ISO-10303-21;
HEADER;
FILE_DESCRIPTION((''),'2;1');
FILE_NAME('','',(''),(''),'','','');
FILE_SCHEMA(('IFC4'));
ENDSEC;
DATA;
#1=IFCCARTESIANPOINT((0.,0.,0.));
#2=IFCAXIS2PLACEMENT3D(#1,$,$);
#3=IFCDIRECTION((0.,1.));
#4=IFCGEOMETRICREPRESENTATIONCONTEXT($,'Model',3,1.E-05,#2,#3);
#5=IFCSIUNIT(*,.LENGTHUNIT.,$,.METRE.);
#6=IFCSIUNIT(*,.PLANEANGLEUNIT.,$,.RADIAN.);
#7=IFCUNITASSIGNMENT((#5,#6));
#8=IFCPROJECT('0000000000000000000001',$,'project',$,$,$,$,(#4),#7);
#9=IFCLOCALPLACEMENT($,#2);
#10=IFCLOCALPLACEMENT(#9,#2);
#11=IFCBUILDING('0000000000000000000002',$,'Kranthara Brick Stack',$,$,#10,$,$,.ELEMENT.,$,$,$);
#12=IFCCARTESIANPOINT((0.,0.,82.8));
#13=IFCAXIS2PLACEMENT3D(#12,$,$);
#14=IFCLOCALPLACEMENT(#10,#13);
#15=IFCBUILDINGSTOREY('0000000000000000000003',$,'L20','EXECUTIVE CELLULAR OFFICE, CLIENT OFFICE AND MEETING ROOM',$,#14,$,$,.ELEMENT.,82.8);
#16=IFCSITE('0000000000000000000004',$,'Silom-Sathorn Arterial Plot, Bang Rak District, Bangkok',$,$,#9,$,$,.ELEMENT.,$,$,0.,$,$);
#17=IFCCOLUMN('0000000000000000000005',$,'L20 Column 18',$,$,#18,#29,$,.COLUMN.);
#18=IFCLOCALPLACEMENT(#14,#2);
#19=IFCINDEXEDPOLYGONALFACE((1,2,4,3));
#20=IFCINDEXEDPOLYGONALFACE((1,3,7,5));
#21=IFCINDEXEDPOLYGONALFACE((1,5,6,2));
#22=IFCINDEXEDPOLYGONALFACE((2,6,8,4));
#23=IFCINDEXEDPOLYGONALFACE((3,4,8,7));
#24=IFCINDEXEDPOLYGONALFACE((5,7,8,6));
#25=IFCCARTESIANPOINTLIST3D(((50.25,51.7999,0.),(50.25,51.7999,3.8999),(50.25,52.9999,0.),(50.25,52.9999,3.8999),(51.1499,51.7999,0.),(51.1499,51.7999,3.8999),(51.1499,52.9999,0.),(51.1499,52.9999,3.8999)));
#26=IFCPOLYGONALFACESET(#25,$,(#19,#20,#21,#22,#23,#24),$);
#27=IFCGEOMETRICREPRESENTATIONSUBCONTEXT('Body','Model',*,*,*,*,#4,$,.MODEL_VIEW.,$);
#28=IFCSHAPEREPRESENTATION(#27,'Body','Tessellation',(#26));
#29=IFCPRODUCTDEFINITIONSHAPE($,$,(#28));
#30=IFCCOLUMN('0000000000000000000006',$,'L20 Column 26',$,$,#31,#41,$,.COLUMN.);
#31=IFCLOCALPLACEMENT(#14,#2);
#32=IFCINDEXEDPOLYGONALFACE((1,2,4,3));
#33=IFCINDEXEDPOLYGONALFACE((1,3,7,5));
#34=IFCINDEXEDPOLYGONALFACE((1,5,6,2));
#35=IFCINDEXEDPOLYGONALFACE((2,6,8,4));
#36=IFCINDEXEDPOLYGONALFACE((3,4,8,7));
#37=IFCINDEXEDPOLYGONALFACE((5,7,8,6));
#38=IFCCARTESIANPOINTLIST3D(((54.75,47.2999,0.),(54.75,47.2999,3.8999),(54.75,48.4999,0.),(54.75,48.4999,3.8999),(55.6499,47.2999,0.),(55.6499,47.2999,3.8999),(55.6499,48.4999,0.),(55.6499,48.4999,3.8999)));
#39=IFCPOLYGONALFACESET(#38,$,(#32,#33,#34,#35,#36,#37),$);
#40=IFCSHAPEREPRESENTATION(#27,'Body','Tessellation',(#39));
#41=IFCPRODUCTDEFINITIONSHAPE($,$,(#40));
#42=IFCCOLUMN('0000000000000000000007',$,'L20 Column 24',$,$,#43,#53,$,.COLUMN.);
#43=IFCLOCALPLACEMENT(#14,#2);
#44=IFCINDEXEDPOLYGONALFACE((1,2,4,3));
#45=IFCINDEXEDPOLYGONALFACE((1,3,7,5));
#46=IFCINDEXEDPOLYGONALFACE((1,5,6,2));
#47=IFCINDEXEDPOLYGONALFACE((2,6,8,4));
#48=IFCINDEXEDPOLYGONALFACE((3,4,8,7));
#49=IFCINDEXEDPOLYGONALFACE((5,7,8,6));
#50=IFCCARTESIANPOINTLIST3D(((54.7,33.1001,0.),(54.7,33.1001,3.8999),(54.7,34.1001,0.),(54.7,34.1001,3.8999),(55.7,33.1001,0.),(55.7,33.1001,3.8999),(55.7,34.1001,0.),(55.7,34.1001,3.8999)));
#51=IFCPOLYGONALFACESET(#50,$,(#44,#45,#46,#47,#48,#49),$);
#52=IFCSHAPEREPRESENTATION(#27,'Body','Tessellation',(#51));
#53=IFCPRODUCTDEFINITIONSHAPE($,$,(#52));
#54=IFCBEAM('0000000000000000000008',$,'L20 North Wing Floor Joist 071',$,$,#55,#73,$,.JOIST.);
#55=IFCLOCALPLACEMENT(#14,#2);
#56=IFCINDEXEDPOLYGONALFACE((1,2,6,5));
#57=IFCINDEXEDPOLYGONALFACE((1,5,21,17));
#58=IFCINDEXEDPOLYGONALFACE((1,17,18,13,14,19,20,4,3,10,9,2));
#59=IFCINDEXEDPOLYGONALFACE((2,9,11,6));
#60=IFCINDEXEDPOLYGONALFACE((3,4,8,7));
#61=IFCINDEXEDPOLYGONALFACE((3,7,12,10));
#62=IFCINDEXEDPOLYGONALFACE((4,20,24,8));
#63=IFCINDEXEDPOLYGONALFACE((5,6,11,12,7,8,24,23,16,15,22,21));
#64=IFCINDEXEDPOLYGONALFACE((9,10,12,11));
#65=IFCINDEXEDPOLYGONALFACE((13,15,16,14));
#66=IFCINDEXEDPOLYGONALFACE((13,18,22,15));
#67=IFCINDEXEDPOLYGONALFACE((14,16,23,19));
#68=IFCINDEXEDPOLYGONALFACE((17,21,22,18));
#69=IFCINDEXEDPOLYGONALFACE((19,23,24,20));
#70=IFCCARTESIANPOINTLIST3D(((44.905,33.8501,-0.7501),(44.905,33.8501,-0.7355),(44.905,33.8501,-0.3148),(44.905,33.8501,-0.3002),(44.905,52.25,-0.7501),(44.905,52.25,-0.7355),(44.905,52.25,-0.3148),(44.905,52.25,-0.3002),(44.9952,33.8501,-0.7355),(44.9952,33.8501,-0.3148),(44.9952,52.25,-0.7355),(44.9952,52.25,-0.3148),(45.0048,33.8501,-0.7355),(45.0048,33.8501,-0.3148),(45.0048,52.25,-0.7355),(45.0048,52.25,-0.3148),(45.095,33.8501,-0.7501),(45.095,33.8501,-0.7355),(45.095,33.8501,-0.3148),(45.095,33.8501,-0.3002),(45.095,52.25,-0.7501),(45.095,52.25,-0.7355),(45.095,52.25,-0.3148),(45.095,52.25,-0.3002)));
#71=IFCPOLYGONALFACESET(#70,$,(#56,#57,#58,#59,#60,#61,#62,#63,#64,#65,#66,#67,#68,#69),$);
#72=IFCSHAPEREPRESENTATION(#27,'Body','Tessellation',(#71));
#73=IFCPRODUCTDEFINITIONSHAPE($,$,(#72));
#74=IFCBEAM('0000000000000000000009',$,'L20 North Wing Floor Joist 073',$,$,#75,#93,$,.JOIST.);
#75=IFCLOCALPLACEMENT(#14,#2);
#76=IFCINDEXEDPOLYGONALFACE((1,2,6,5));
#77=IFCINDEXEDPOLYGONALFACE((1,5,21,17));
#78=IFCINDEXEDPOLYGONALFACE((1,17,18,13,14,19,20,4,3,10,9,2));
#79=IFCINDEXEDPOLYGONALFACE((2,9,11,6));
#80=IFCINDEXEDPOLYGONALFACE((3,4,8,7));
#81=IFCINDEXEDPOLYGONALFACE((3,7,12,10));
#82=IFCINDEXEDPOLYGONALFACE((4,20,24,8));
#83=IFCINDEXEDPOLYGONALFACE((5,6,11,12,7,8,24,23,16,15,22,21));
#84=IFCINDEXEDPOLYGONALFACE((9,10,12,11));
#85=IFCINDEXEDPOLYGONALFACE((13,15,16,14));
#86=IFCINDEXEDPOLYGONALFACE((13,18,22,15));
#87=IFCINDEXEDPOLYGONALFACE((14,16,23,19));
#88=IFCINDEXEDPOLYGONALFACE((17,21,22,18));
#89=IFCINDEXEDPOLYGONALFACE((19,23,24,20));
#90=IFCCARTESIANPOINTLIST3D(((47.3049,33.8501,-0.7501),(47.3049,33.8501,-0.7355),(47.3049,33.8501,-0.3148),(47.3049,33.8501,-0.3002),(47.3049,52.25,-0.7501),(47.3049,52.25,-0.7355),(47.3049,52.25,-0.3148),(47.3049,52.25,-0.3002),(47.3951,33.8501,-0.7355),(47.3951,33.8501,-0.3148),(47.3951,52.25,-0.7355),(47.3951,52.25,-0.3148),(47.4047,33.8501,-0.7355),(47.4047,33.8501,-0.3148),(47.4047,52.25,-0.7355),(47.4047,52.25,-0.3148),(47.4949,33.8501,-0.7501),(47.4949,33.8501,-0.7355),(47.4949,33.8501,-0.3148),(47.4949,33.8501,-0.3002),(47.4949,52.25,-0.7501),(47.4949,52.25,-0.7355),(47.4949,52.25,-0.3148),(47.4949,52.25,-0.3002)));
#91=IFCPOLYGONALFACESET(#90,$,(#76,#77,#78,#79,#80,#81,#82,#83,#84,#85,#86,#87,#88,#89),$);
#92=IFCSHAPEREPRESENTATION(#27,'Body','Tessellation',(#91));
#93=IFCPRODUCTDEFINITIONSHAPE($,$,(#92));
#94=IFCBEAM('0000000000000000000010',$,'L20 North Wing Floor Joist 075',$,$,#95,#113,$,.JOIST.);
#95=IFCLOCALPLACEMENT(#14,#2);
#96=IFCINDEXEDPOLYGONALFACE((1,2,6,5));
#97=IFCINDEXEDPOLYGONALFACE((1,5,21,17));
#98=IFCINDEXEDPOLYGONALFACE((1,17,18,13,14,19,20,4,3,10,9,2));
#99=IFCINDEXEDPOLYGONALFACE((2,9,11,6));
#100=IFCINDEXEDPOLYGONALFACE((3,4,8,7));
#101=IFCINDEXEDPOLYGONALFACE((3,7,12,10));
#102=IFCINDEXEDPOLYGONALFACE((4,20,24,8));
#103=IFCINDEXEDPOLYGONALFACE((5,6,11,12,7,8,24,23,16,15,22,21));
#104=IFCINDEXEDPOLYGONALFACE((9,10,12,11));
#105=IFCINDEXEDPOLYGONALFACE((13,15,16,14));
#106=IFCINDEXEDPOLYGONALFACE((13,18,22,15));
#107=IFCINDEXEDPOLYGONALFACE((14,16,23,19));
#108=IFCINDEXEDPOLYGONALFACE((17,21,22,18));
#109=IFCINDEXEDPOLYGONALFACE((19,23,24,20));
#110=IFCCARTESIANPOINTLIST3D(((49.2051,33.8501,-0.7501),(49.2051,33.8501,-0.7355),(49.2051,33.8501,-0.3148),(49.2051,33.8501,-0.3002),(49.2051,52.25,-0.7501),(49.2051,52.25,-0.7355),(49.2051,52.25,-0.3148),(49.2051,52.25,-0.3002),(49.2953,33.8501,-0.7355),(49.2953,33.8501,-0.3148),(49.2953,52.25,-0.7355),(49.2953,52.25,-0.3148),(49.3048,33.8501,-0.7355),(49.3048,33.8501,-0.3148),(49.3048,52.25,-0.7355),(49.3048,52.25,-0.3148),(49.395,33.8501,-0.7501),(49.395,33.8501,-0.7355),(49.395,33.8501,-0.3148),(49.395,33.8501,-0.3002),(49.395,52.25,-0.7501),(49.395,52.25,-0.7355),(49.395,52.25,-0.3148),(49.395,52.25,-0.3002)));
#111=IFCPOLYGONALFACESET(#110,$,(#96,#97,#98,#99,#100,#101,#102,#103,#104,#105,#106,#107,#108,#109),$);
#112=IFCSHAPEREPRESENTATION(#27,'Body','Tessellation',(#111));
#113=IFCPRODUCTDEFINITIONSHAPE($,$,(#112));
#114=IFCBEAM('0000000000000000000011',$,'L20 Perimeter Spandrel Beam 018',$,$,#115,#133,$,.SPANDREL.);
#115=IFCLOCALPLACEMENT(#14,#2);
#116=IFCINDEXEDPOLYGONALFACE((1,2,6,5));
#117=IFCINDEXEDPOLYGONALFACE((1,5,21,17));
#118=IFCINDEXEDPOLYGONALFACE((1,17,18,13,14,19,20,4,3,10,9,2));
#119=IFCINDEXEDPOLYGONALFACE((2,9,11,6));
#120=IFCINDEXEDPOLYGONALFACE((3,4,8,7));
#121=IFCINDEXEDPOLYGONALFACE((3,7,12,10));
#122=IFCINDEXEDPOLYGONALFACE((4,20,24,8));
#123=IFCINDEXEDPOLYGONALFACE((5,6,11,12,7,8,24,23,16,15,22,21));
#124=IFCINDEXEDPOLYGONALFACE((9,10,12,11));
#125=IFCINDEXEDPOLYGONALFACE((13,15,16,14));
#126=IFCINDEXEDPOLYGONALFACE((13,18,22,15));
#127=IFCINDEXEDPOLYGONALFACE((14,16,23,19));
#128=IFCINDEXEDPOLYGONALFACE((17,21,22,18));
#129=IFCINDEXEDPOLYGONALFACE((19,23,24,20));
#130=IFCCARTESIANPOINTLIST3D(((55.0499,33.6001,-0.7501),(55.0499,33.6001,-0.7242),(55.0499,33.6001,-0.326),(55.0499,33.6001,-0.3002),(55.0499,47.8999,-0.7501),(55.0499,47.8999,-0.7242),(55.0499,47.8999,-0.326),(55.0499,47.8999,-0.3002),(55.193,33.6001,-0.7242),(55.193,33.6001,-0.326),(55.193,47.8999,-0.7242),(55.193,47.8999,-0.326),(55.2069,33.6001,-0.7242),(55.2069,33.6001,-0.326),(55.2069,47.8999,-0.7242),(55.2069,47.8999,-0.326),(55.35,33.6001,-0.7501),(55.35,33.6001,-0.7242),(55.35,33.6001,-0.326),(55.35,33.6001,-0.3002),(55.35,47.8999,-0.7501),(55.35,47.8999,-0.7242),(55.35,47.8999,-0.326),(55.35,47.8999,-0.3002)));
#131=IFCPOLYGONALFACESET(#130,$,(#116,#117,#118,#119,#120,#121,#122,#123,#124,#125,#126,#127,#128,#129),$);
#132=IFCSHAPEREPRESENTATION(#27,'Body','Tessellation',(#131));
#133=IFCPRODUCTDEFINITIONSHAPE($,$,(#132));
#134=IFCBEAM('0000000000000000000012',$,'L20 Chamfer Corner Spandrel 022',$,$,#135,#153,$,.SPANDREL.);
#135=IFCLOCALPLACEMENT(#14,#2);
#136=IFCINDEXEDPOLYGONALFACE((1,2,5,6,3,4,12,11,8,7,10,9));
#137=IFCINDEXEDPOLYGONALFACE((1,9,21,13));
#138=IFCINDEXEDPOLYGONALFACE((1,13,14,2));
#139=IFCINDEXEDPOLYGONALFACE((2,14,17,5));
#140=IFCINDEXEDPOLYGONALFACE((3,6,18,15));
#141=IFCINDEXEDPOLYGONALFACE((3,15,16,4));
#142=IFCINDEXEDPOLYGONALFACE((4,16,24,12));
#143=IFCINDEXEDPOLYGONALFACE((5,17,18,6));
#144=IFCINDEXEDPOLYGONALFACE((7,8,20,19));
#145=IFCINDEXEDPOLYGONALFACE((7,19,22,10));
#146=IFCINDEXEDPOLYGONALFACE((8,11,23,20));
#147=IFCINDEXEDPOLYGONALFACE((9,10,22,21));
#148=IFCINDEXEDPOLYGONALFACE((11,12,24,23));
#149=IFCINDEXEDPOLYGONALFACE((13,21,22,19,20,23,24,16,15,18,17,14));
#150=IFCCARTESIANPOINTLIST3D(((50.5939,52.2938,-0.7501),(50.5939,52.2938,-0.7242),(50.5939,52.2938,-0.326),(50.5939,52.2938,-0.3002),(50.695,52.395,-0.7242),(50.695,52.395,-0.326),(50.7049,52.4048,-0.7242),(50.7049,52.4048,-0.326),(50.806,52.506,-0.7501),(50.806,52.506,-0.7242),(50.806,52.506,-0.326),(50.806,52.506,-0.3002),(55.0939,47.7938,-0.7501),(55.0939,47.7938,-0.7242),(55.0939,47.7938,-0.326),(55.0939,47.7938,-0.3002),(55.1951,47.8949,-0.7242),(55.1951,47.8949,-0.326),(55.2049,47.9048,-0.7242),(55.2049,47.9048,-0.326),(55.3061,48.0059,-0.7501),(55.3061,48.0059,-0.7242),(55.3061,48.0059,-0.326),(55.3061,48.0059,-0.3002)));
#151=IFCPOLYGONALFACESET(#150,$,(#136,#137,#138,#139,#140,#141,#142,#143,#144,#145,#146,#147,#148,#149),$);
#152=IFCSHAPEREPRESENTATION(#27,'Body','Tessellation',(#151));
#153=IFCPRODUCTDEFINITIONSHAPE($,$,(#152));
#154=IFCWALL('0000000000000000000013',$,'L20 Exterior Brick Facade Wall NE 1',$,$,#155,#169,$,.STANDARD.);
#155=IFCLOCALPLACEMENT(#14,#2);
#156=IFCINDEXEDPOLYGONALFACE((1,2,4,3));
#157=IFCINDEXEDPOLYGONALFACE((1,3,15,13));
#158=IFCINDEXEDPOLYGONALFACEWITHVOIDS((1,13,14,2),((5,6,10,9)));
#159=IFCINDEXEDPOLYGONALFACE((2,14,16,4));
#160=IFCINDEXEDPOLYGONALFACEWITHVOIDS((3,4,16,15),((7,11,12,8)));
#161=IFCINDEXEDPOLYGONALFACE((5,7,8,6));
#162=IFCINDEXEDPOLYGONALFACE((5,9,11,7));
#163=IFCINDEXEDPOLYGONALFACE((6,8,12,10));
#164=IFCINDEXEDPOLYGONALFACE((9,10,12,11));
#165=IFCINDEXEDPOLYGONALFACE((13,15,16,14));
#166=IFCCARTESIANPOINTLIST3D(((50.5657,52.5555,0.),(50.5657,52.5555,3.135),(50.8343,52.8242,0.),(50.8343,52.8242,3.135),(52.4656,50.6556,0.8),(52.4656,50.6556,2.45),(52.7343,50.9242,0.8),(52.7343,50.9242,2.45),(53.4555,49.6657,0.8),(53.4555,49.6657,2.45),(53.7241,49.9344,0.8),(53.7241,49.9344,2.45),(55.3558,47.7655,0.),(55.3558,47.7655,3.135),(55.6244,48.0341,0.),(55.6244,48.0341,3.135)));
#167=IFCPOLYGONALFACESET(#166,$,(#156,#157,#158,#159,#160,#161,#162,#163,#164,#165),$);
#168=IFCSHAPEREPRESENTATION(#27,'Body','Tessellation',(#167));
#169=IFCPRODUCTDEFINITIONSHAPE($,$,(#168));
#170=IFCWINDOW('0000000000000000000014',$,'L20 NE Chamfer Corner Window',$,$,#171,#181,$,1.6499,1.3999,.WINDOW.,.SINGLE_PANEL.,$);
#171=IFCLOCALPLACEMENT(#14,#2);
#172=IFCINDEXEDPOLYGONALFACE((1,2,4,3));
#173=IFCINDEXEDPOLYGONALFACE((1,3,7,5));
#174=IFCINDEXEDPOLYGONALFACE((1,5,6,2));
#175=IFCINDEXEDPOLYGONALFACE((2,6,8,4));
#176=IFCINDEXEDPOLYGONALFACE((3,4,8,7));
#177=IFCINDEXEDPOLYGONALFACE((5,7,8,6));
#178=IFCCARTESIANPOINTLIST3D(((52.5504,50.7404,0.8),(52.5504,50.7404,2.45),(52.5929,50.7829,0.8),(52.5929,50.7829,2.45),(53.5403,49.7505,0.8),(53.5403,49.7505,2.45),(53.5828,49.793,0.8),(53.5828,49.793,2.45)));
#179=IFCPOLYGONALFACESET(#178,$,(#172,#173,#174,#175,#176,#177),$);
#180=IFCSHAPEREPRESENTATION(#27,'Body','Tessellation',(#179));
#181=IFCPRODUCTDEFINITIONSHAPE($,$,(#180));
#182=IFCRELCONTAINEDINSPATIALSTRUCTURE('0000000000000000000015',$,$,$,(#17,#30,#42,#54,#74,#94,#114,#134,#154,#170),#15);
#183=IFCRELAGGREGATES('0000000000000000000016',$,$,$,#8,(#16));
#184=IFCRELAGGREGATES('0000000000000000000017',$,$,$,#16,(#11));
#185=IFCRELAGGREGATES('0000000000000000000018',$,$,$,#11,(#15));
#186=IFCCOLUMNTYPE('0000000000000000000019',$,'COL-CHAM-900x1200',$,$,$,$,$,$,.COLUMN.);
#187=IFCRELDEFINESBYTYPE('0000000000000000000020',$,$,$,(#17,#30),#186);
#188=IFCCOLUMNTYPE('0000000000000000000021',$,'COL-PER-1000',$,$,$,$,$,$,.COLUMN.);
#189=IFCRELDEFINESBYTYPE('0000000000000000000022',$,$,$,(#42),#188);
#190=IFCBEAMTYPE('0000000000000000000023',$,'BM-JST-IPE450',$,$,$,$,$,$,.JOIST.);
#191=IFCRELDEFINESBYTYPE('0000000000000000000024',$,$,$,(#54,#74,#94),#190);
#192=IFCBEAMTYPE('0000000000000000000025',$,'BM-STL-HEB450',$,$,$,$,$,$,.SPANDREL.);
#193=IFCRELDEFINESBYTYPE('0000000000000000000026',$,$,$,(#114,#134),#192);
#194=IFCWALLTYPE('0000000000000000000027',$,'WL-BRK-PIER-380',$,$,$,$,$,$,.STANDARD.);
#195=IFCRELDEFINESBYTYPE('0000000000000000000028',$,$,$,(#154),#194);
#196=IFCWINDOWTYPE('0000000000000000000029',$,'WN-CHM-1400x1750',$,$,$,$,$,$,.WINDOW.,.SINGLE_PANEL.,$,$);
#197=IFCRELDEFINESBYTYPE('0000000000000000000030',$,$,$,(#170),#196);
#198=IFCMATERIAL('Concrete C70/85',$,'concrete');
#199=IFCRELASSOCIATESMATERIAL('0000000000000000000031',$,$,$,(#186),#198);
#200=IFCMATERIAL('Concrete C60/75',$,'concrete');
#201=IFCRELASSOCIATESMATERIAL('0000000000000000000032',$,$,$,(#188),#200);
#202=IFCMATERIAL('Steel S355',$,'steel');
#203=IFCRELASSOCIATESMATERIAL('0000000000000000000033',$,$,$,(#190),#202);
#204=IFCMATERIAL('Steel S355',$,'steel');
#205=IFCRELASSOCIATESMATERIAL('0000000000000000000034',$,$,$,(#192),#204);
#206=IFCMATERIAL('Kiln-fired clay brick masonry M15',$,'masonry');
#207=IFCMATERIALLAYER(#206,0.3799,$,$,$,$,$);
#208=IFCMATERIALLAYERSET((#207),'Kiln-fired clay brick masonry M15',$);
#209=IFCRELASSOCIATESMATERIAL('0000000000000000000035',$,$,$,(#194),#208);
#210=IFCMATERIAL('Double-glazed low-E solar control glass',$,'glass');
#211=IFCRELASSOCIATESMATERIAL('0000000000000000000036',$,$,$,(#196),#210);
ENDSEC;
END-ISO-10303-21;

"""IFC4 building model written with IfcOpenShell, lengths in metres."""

from ifc_helpers import new_model, si_unit, direction, frame, frame_2d, origin, origin_2d, place, context, subcontext, project, spatial, rectangle, i_section, extrude, material, layer, layer_set, material_profile, profile_set, type_object, element, fill, save


model = new_model("IFC4")

# Units and contexts
model_context = context("Model", 3, precision=1e-05, world=origin(), true_north=direction((0.0, 1.0)))
body_context = subcontext(model_context, "Body", "Model", "MODEL_VIEW")
ifc_project = project(units=[si_unit("LENGTHUNIT", "METRE"), si_unit("PLANEANGLEUNIT", "RADIAN")], contexts=[model_context])

# Site, building, storey
site_placement = place(None, origin())
site = spatial("IfcSite", under=ifc_project, at=site_placement, Name="Silom-Sathorn Arterial Plot, Bang Rak District, Bangkok", CompositionType="ELEMENT", RefElevation=0.0)
building_placement = place(site_placement, origin())
building = spatial("IfcBuilding", under=site, at=building_placement, Name="Kranthara Brick Stack", CompositionType="ELEMENT")
storey_placement = place(building_placement, frame((0.0, 0.0, 82.8)))
storey = spatial("IfcBuildingStorey", under=building, at=storey_placement, Name="L20", Description="EXECUTIVE CELLULAR OFFICE, CLIENT OFFICE AND MEETING ROOM", CompositionType="ELEMENT", Elevation=82.8)

# Columns
ifc_material_1 = material(Name="Concrete C70/85", Category="concrete")
ifc_material_profile_1 = material_profile(ifc_material_1, rectangle(XDim=0.8999, YDim=1.2, at=origin_2d()), Name="RC 900x1200")
ifc_profile_set_1 = profile_set([ifc_material_profile_1], Name="Concrete C70/85")
column_type_1 = type_object("IfcColumnType", Name="COL-CHAM-900x1200", PredefinedType="COLUMN", material=ifc_profile_set_1)
for number, where, z_axis, x_axis, name in (
    (1, (50.7, 52.3999, 0.0), (0.0, 0.0, 1.0), (1.0, 0.0, 0.0), "L20 Column 18"),
    (2, (55.2, 47.8999, 0.0), (0.0, 0.0, 1.0), (1.0, 0.0, 0.0), "L20 Column 26"),
):
    element("IfcColumn", number, at=place(storey_placement, frame(where, z_axis=z_axis, x_axis=x_axis)), inside=storey, type_object=column_type_1, Name=name, PredefinedType="COLUMN", context=body_context, shape_type="SweptSolid", body=[
        extrude(rectangle(XDim=0.8999, YDim=1.2, at=origin_2d()), origin(), (0.0, 0.0, 1.0), 3.8999),
    ])
ifc_material_2 = material(Name="Concrete C60/75", Category="concrete")
ifc_material_profile_2 = material_profile(ifc_material_2, rectangle(XDim=1.0, YDim=1.0, at=origin_2d()), Name="RC 1000x1000")
ifc_profile_set_2 = profile_set([ifc_material_profile_2], Name="Concrete C60/75")
column_type_2 = type_object("IfcColumnType", Name="COL-PER-1000", PredefinedType="COLUMN", material=ifc_profile_set_2)
column_placement = place(storey_placement, frame((55.2, 33.6001, 0.0), z_axis=(0.0, 0.0, 1.0), x_axis=(1.0, 0.0, 0.0)))
element("IfcColumn", 3, at=column_placement, inside=storey, type_object=column_type_2, Name="L20 Column 24", PredefinedType="COLUMN", context=body_context, shape_type="SweptSolid", body=[
    extrude(rectangle(XDim=1.0, YDim=1.0, at=origin_2d()), origin(), (0.0, 0.0, 1.0), 3.8999),
])

# Beams
ifc_material_3 = material(Name="Steel S355", Category="steel")
ifc_material_profile_3 = material_profile(ifc_material_3, i_section(OverallWidth=0.1899, OverallDepth=0.45, WebThickness=0.0095, FlangeThickness=0.0146, at=origin_2d()), Name="IPE 450")
ifc_profile_set_3 = profile_set([ifc_material_profile_3], Name="Steel S355")
beam_type_1 = type_object("IfcBeamType", Name="BM-JST-IPE450", PredefinedType="JOIST", material=ifc_profile_set_3)
for number, where, z_axis, x_axis, name in (
    (4, (45.0, 33.8501, -0.5251), (0.0, 1.0, 0.0), (-1.0, 0.0, 0.0), "L20 North Wing Floor Joist 071"),
    (5, (47.3999, 33.8501, -0.5251), (0.0, 1.0, 0.0), (-1.0, 0.0, 0.0), "L20 North Wing Floor Joist 073"),
    (6, (49.3, 33.8501, -0.5251), (0.0, 1.0, 0.0), (-1.0, 0.0, 0.0), "L20 North Wing Floor Joist 075"),
):
    element("IfcBeam", number, at=place(storey_placement, frame(where, z_axis=z_axis, x_axis=x_axis)), inside=storey, type_object=beam_type_1, Name=name, PredefinedType="JOIST", context=body_context, shape_type="SweptSolid", body=[
        extrude(i_section(OverallWidth=0.1899, OverallDepth=0.45, WebThickness=0.0095, FlangeThickness=0.0146, at=origin_2d()), origin(), (0.0, 0.0, 1.0), 18.3999),
    ])
ifc_material_4 = material(Name="Steel S355", Category="steel")
ifc_material_profile_4 = material_profile(ifc_material_4, i_section(OverallWidth=0.3, OverallDepth=0.45, WebThickness=0.0139, FlangeThickness=0.0259, at=origin_2d()), Name="HEB 450")
ifc_profile_set_4 = profile_set([ifc_material_profile_4], Name="Steel S355")
beam_type_2 = type_object("IfcBeamType", Name="BM-STL-HEB450", PredefinedType="SPANDREL", material=ifc_profile_set_4)
beam_1_placement = place(storey_placement, frame((55.2, 33.6001, -0.5251), z_axis=(0.0, 1.0, 0.0), x_axis=(-1.0, 0.0, 0.0)))
element("IfcBeam", 7, at=beam_1_placement, inside=storey, type_object=beam_type_2, Name="L20 Perimeter Spandrel Beam 018", PredefinedType="SPANDREL", context=body_context, shape_type="SweptSolid", body=[
    extrude(i_section(OverallWidth=0.3, OverallDepth=0.45, WebThickness=0.0139, FlangeThickness=0.0259, at=origin_2d()), origin(), (0.0, 0.0, 1.0), 14.2998),
])
beam_2_placement = place(storey_placement, frame((50.7, 52.3999, -0.5251), z_axis=(0.707107, -0.707107, 0.0), x_axis=(0.707107, 0.707107, 0.0)))
element("IfcBeam", 8, at=beam_2_placement, inside=storey, type_object=beam_type_2, Name="L20 Chamfer Corner Spandrel 022", PredefinedType="SPANDREL", context=body_context, shape_type="SweptSolid", body=[
    extrude(i_section(OverallWidth=0.3, OverallDepth=0.45, WebThickness=0.0139, FlangeThickness=0.0259, at=origin_2d()), origin(), (0.0, 0.0, 1.0), 6.364),
])

# Wall, opening, window
ifc_material_5 = material(Name="Kiln-fired clay brick masonry M15", Category="masonry")
ifc_layer_1 = layer(ifc_material_5, 0.3799)
ifc_layer_set_1 = layer_set([ifc_layer_1], Name="Kiln-fired clay brick masonry M15")
wall_type_1 = type_object("IfcWallType", Name="WL-BRK-PIER-380", PredefinedType="STANDARD", material=ifc_layer_set_1)
wall_1_placement = place(storey_placement, frame((50.7, 52.6899, 0.0), z_axis=(0.0, 0.0, 1.0), x_axis=(0.707107, -0.707107, 0.0)))
wall_1 = element("IfcWall", 9, at=wall_1_placement, inside=storey, type_object=wall_type_1, Name="L20 Exterior Brick Facade Wall NE 1", PredefinedType="STANDARD", context=body_context, shape_type="SweptSolid", body=[
    extrude(rectangle(XDim=6.7742, YDim=0.3799, at=frame_2d((3.3872, 0.0))), origin(), (0.0, 0.0, 1.0), 3.135),
])
opening_1_placement = place(wall_1_placement, frame((2.687, 0.0, 0.8)))
opening_1 = element("IfcOpeningElement", 10, at=opening_1_placement, cuts=wall_1, PredefinedType="OPENING", context=body_context, shape_type="SweptSolid", body=[
    extrude(rectangle(XDim=1.3999, YDim=1.6499, at=frame_2d((0.7, 0.825))), frame((0.0, 0.2, 0.0), z_axis=(0.0, -1.0, 0.0), x_axis=(1.0, 0.0, 0.0)), (0.0, 0.0, 1.0), 0.3999),
])
ifc_material_6 = material(Name="Double-glazed low-E solar control glass", Category="glass")
window_type_1 = type_object("IfcWindowType", Name="WN-CHM-1400x1750", PartitioningType="SINGLE_PANEL", PredefinedType="WINDOW", material=ifc_material_6)
window_1_placement = place(opening_1_placement, origin())
window_1 = element("IfcWindow", 11, at=window_1_placement, inside=storey, type_object=window_type_1, Name="L20 NE Chamfer Corner Window", OverallHeight=1.6499, OverallWidth=1.3999, PartitioningType="SINGLE_PANEL", PredefinedType="WINDOW", context=body_context, shape_type="SweptSolid", body=[
    extrude(rectangle(XDim=1.3999, YDim=1.6499, at=frame_2d((0.7, 0.825))), frame((0.0, -0.01, 0.0), z_axis=(0.0, -1.0, 0.0), x_axis=(1.0, 0.0, 0.0)), (0.0, 0.0, 1.0), 0.0601),
])
fill(opening_1, window_1)

save(model, "model.ifc")
